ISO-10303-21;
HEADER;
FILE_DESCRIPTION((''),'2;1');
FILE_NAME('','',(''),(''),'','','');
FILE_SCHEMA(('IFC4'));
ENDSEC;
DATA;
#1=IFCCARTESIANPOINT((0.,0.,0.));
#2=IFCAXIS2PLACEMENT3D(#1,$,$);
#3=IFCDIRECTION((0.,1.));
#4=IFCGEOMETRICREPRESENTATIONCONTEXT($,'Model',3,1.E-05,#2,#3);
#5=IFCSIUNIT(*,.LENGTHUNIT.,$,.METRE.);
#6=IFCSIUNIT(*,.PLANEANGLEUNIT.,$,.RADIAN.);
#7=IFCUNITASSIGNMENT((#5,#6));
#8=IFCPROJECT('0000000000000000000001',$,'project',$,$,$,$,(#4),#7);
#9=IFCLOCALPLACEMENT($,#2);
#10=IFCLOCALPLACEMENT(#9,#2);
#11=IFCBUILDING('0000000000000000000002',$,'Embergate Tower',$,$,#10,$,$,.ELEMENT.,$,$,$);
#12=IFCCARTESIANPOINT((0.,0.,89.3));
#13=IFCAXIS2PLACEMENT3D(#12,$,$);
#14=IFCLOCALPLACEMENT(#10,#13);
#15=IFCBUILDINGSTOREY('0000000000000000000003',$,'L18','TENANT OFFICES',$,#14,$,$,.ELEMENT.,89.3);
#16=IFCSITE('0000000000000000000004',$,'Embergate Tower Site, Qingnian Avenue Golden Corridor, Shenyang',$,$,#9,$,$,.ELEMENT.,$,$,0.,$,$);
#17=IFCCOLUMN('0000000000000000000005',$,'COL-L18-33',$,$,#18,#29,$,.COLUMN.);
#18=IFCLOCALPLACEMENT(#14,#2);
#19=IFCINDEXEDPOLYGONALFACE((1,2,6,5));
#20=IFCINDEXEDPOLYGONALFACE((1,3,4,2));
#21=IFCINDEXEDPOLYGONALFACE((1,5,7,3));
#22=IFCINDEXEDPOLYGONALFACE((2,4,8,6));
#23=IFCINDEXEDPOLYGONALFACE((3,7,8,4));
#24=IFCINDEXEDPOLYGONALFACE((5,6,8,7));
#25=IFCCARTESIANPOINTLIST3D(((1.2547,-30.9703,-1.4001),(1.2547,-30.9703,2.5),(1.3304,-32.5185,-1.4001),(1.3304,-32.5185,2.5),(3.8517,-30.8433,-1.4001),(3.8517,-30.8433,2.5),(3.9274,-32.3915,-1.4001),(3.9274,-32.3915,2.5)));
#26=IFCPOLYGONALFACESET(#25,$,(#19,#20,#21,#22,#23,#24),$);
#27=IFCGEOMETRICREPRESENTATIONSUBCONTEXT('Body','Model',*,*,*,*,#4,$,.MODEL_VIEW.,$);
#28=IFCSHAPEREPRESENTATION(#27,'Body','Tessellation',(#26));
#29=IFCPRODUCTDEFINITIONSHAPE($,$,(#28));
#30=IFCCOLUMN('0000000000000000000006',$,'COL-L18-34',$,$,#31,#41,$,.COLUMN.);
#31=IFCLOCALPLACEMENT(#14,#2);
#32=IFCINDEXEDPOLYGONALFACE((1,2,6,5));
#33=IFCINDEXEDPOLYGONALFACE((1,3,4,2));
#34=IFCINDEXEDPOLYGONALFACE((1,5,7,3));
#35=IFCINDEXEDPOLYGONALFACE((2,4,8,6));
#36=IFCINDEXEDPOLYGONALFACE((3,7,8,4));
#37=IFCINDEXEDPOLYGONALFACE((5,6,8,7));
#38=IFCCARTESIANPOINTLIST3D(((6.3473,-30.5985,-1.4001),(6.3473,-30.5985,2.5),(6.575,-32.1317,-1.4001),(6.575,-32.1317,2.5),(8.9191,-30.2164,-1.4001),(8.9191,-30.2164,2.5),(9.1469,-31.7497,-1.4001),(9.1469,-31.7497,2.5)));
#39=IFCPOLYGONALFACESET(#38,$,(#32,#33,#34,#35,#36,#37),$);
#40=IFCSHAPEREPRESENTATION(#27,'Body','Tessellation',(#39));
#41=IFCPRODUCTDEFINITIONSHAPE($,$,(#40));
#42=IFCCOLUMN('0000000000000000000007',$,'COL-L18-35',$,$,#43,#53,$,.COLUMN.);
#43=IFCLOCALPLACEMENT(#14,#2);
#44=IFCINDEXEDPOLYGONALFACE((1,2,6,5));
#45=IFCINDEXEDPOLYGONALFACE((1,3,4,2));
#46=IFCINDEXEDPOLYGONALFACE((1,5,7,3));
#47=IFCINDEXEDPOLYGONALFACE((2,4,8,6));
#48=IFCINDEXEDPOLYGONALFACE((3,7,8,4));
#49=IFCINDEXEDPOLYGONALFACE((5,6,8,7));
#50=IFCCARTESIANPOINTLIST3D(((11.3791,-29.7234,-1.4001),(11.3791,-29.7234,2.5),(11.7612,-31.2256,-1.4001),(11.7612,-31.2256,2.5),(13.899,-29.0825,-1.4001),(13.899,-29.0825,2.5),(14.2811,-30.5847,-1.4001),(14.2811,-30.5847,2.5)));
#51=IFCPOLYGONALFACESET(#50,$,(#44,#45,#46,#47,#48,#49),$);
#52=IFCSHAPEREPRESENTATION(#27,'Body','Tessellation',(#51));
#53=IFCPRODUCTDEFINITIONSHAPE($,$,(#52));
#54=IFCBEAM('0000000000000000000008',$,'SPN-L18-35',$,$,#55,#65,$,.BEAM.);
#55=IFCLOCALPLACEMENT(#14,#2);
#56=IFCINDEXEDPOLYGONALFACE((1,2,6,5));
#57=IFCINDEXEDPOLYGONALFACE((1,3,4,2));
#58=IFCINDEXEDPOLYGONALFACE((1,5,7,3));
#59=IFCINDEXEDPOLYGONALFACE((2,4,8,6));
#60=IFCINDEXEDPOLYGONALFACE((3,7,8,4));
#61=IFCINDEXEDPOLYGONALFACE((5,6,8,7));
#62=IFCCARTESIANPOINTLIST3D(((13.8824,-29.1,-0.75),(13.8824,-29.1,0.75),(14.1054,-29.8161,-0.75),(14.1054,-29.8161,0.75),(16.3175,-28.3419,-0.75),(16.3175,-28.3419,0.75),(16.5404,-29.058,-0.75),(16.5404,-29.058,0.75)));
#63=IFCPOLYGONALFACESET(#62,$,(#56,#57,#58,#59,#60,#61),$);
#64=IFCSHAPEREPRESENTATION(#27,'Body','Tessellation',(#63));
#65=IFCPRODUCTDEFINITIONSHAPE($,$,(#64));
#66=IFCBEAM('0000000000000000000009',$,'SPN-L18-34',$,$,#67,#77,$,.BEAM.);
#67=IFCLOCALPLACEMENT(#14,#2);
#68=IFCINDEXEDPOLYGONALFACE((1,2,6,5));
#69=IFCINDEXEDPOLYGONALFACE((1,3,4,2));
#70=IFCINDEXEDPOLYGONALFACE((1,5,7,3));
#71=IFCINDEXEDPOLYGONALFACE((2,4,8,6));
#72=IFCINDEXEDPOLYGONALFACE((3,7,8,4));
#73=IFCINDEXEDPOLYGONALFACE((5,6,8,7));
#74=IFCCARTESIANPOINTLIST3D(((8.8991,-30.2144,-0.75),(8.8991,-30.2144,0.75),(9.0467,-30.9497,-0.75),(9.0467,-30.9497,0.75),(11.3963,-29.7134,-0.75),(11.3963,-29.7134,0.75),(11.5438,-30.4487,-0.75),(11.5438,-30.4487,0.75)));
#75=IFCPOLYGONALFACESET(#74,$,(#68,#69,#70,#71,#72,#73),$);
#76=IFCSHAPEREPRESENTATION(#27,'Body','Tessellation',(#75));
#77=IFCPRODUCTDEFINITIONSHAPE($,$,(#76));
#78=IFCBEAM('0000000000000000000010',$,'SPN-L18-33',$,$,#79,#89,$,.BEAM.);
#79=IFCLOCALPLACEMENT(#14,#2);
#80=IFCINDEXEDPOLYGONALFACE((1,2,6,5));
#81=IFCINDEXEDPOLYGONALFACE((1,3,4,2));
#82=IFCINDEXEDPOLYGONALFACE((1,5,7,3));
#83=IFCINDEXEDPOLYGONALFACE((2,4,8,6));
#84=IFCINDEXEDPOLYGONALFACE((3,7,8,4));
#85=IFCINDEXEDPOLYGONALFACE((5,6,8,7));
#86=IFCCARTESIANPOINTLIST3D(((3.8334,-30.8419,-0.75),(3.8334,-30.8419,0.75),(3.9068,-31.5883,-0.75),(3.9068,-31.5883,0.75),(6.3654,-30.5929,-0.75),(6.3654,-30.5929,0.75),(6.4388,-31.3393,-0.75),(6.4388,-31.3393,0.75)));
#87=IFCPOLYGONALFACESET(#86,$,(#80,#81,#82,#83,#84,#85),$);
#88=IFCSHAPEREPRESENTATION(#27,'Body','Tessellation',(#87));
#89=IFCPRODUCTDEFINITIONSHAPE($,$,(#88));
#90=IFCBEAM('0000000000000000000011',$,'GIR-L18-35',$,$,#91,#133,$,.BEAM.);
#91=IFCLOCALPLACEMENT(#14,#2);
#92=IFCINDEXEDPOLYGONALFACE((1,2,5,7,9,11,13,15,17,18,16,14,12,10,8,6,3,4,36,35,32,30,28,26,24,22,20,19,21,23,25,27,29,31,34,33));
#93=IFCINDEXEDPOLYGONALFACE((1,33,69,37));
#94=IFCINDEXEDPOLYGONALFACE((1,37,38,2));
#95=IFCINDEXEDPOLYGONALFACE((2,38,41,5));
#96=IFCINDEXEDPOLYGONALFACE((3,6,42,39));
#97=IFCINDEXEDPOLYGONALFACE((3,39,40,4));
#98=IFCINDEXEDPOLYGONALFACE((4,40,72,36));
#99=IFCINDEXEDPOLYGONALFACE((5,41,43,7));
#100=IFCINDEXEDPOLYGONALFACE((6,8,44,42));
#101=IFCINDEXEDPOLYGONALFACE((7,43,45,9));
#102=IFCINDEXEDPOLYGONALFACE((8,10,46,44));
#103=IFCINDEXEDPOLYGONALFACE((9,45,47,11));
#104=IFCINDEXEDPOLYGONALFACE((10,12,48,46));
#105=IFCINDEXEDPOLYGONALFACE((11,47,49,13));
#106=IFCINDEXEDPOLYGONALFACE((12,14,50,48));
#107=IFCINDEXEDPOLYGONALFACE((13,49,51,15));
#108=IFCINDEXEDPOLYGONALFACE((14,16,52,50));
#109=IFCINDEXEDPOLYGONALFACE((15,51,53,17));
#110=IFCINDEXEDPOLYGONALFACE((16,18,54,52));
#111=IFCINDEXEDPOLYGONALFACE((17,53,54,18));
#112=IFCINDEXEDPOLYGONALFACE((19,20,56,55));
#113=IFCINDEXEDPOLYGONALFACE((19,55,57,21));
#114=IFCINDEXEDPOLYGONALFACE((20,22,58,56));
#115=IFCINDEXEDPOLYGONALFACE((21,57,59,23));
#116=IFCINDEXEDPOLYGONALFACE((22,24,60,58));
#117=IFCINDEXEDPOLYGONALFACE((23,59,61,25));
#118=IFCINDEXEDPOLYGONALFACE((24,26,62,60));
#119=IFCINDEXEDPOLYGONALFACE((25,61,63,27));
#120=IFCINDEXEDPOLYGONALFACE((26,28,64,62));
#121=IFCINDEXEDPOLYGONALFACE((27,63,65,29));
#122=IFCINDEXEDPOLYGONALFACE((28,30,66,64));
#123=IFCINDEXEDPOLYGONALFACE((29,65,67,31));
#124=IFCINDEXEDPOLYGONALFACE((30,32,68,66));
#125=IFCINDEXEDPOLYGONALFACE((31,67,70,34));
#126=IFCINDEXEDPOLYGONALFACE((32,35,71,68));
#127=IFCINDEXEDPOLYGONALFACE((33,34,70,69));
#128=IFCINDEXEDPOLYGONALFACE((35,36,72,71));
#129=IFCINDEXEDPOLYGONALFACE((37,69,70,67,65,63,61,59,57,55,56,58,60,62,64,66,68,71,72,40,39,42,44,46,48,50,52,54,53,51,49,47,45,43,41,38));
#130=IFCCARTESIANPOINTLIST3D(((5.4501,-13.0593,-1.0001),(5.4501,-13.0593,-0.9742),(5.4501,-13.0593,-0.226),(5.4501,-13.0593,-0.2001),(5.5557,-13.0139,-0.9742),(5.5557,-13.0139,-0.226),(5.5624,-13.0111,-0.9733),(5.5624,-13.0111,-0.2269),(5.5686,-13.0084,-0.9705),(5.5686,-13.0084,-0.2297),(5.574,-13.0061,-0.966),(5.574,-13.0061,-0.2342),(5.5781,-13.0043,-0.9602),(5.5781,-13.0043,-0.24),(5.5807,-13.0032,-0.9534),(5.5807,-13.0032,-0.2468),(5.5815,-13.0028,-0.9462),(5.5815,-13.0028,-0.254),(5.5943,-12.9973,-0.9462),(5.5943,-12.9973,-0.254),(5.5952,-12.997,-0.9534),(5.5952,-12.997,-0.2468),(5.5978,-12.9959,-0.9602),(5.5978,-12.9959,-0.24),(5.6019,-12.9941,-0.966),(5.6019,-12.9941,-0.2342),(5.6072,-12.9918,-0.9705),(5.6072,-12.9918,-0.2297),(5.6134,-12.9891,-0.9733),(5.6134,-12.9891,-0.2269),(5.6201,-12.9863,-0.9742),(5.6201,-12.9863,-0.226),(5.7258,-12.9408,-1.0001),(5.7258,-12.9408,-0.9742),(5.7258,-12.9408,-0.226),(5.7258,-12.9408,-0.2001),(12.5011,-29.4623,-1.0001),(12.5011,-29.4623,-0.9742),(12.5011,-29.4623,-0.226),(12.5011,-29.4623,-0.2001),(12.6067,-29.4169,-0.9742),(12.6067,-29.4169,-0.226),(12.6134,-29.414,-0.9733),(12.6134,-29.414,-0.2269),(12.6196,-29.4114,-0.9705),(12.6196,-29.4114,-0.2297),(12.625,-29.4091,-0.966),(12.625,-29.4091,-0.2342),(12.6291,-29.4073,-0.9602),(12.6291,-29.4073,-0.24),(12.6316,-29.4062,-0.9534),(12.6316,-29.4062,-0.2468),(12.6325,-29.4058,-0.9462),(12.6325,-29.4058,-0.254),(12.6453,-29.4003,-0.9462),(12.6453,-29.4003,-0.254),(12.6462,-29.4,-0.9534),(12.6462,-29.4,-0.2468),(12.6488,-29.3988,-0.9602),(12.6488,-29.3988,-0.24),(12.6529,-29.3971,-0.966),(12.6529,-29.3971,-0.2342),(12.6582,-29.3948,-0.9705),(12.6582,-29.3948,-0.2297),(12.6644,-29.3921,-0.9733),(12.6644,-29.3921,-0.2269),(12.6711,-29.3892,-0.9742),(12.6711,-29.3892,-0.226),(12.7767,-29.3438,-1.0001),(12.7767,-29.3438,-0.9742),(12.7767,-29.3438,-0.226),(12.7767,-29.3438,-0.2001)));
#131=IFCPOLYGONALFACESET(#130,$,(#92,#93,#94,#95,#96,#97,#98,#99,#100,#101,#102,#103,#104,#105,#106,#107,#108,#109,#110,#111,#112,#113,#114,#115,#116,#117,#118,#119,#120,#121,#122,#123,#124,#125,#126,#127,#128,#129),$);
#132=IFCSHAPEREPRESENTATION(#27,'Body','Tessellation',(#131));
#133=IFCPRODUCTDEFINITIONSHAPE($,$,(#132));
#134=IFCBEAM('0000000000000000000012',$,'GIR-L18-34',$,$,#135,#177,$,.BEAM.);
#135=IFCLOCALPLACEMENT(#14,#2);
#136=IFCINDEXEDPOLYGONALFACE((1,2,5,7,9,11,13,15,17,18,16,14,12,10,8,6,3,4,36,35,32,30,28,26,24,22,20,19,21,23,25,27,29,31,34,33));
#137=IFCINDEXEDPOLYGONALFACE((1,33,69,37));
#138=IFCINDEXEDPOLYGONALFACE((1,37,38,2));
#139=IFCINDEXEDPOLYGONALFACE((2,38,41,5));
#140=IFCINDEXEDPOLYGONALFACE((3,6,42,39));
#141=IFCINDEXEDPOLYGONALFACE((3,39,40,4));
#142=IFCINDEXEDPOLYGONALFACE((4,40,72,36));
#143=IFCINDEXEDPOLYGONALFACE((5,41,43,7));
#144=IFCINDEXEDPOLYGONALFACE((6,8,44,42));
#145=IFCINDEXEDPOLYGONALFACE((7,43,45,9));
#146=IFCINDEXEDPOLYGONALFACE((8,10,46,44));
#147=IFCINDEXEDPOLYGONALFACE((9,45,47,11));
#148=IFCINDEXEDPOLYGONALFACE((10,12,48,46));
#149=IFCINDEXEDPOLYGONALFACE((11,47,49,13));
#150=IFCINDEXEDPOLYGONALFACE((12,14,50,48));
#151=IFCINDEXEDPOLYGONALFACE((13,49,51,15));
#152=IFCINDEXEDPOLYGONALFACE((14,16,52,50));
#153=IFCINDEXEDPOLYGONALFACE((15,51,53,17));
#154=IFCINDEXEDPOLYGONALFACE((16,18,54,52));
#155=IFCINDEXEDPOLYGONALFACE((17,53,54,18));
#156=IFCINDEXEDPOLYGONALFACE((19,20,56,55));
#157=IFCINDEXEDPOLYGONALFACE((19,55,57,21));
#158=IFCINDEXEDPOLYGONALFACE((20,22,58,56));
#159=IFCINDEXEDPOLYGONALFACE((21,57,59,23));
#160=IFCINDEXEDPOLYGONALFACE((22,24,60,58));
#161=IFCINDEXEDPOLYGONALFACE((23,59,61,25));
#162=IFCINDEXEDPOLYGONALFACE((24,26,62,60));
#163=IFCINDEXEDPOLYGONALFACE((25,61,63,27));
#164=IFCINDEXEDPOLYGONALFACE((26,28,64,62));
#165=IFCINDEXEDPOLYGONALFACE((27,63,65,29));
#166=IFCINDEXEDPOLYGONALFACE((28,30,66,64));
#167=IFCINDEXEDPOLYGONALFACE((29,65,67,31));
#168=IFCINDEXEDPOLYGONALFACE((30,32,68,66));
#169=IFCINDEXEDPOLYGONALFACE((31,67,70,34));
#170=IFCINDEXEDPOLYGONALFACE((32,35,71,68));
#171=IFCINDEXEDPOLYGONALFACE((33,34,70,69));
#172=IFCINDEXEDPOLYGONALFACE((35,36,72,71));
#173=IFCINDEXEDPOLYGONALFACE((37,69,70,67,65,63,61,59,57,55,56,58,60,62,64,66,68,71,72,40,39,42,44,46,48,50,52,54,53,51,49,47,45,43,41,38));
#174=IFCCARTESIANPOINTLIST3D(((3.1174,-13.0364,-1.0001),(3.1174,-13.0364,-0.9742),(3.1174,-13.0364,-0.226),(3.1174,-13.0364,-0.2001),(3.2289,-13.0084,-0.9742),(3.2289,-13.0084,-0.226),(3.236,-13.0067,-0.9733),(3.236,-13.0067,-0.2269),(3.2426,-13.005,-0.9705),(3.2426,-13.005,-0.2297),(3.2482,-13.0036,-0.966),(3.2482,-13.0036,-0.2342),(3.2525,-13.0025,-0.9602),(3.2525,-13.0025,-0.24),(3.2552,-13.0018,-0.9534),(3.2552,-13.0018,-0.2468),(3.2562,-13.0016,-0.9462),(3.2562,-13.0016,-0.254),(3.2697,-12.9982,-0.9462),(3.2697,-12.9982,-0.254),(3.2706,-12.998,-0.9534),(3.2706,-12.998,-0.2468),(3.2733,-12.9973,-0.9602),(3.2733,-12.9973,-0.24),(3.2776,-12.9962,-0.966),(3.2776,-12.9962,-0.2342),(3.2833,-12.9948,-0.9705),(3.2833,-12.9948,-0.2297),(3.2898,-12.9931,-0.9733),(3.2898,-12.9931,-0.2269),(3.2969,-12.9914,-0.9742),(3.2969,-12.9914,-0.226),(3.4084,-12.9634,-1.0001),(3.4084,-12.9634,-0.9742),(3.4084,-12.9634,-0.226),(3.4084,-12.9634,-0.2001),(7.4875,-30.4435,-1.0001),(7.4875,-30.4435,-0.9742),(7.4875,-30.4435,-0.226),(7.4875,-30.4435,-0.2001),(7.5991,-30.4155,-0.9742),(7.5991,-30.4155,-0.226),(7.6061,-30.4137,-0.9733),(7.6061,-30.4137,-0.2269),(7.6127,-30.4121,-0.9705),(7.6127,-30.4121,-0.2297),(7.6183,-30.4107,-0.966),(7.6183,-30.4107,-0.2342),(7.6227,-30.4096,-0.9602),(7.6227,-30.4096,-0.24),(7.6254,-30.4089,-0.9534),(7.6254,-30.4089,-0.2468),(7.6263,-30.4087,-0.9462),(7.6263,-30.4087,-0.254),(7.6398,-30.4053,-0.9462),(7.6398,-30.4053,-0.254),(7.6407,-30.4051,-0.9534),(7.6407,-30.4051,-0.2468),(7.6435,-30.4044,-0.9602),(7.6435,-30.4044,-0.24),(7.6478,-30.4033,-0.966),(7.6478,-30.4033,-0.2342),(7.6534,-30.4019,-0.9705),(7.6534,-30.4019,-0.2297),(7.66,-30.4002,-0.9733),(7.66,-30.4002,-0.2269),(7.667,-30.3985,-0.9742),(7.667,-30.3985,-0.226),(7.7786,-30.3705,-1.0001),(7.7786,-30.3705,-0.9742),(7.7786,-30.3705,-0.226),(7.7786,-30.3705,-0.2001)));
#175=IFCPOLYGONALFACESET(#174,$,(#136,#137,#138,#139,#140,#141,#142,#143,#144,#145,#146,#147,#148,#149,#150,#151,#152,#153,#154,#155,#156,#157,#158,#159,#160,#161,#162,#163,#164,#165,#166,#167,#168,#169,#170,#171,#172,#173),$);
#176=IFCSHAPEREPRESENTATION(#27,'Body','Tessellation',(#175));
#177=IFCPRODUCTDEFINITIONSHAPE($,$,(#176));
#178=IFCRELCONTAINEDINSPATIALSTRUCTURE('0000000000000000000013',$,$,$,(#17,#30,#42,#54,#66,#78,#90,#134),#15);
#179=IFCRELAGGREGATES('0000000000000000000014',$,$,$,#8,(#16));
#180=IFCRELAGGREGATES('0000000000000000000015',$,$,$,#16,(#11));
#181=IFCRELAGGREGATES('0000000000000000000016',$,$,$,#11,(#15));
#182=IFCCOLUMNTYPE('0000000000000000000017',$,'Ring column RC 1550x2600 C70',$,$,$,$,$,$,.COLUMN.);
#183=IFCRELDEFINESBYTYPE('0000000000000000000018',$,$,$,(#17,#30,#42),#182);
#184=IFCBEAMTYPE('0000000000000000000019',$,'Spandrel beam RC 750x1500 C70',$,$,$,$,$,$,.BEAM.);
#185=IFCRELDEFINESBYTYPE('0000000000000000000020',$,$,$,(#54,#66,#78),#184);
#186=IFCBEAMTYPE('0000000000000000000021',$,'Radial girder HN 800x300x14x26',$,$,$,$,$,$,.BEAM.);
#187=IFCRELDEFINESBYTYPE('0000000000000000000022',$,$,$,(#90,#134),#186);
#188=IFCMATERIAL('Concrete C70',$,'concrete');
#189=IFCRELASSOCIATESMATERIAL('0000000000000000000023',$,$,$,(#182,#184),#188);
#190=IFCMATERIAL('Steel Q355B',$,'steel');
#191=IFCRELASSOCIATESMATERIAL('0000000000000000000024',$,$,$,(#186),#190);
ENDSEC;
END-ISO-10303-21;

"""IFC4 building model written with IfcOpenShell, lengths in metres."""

from ifc_helpers import new_model, si_unit, direction, frame, origin, origin_2d, place, context, subcontext, project, spatial, rectangle, i_section, extrude, source, transform, mapped, material, material_profile, profile_set, type_object, element, save


model = new_model("IFC4")

# Units and contexts
model_context = context("Model", 3, precision=1e-05, world=origin(), true_north=direction((0.0, 1.0)))
body_context = subcontext(model_context, "Body", "Model", "MODEL_VIEW")
ifc_project = project(units=[si_unit("LENGTHUNIT", "METRE"), si_unit("PLANEANGLEUNIT", "RADIAN")], contexts=[model_context])

# Site, building, storey
site_placement = place(None, origin())
site = spatial("IfcSite", under=ifc_project, at=site_placement, Name="Embergate Tower Site, Qingnian Avenue Golden Corridor, Shenyang", CompositionType="ELEMENT", RefElevation=0.0)
building_placement = place(site_placement, origin())
building = spatial("IfcBuilding", under=site, at=building_placement, Name="Embergate Tower", CompositionType="ELEMENT")
storey_placement = place(building_placement, frame((0.0, 0.0, 89.3)))
storey = spatial("IfcBuildingStorey", under=building, at=storey_placement, Name="L18", Description="TENANT OFFICES", CompositionType="ELEMENT", Elevation=89.3)

# Columns
ifc_material_1 = material(Name="Concrete C70", Category="concrete")
ifc_material_profile_1 = material_profile(ifc_material_1, rectangle(XDim=1.55, YDim=2.6001, at=origin_2d()), Name="RC 1550x2600")
ifc_profile_set_1 = profile_set([ifc_material_profile_1], Name="Concrete C70")
column_type = type_object("IfcColumnType", Name="Ring column RC 1550x2600 C70", PredefinedType="COLUMN", material=ifc_profile_set_1)
shared_shape_1 = source(origin(), body_context, "Body", "SweptSolid", [
    extrude(rectangle(XDim=1.55, YDim=2.6001, at=origin_2d()), origin(), (0.0, 0.0, 1.0), 3.9001),
])
for number, where, z_axis, x_axis, name in (
    (1, (2.5911, -31.6809, -1.4001), (0.0, 0.0, 1.0), (0.048815, -0.998808, 0.0), "COL-L18-33"),
    (2, (7.7471, -31.1741, -1.4001), (0.0, 0.0, 1.0), (0.146929, -0.989147, 0.0), "COL-L18-34"),
    (3, (12.8301, -30.1541, -1.4001), (0.0, 0.0, 1.0), (0.246492, -0.969145, 0.0), "COL-L18-35"),
):
    element("IfcColumn", number, at=place(storey_placement, frame(where, z_axis=z_axis, x_axis=x_axis)), inside=storey, type_object=column_type, Name=name, PredefinedType="COLUMN", context=body_context, shape_type="MappedRepresentation", body=[
        mapped(shared_shape_1, transform((0.0, 0.0, 0.0))),
    ])

# Beams
ifc_material_profile_2 = material_profile(ifc_material_1, rectangle(XDim=0.75, YDim=1.5, at=origin_2d()), Name="RC 750x1500")
ifc_profile_set_2 = profile_set([ifc_material_profile_2], Name="Concrete C70")
beam_type_1 = type_object("IfcBeamType", Name="Spandrel beam RC 750x1500 C70", PredefinedType="BEAM", material=ifc_profile_set_2)
shared_shape_2 = source(origin(), body_context, "Body", "SweptSolid", [
    extrude(rectangle(XDim=0.75, YDim=1.5, at=origin_2d()), origin(), (0.0, 0.0, 1.0), 2.5503),
])
beam_1_placement = place(storey_placement, frame((13.9939, -29.458, 0.0), z_axis=(0.954803, 0.297239, 0.0), x_axis=(-0.297239, 0.954803, 0.0)))
element("IfcBeam", 4, at=beam_1_placement, inside=storey, type_object=beam_type_1, Name="SPN-L18-35", PredefinedType="BEAM", context=body_context, shape_type="MappedRepresentation", body=[
    mapped(shared_shape_2, transform((0.0, 0.0, 0.0))),
])
shared_shape_3 = source(origin(), body_context, "Body", "SweptSolid", [
    extrude(rectangle(XDim=0.75, YDim=1.5, at=origin_2d()), origin(), (0.0, 0.0, 1.0), 2.5469),
])
beam_2_placement = place(storey_placement, frame((8.9729, -30.582, 0.0), z_axis=(0.980463, 0.196706, 0.0), x_axis=(-0.196706, 0.980463, 0.0)))
element("IfcBeam", 5, at=beam_2_placement, inside=storey, type_object=beam_type_1, Name="SPN-L18-34", PredefinedType="BEAM", context=body_context, shape_type="MappedRepresentation", body=[
    mapped(shared_shape_3, transform((0.0, 0.0, 0.0))),
])
shared_shape_4 = source(origin(), body_context, "Body", "SweptSolid", [
    extrude(rectangle(XDim=0.75, YDim=1.5, at=origin_2d()), origin(), (0.0, 0.0, 1.0), 2.5442),
])
beam_3_placement = place(storey_placement, frame((3.8701, -31.2151, 0.0), z_axis=(0.995198, 0.097879, 0.0), x_axis=(-0.097879, 0.995198, 0.0)))
element("IfcBeam", 6, at=beam_3_placement, inside=storey, type_object=beam_type_1, Name="SPN-L18-33", PredefinedType="BEAM", context=body_context, shape_type="MappedRepresentation", body=[
    mapped(shared_shape_4, transform((0.0, 0.0, 0.0))),
])
ifc_material_2 = material(Name="Steel Q355B", Category="steel")
ifc_material_profile_3 = material_profile(ifc_material_2, i_section(OverallWidth=0.3, OverallDepth=0.8, WebThickness=0.0139, FlangeThickness=0.0259, FilletRadius=0.0281, at=origin_2d()), Name="HN 800x300x14x26")
ifc_profile_set_3 = profile_set([ifc_material_profile_3], Name="Steel Q355 grade B")
beam_type_2 = type_object("IfcBeamType", Name="Radial girder HN 800x300x14x26", PredefinedType="BEAM", material=ifc_profile_set_3)
shared_shape_5 = source(origin(), body_context, "Body", "SweptSolid", [
    extrude(i_section(OverallWidth=0.3, OverallDepth=0.8, WebThickness=0.0139, FlangeThickness=0.0259, FilletRadius=0.0281, at=origin_2d()), origin(), (0.0, 0.0, 1.0), 17.8542),
])
beam_4_placement = place(storey_placement, frame((12.6389, -29.4031, -0.6001), z_axis=(-0.394919, 0.918716, 0.0), x_axis=(-0.918716, -0.394919, 0.0)))
element("IfcBeam", 7, at=beam_4_placement, inside=storey, type_object=beam_type_2, Name="GIR-L18-35", PredefinedType="BEAM", context=body_context, shape_type="MappedRepresentation", body=[
    mapped(shared_shape_5, transform((0.0, 0.0, 0.0))),
])
shared_shape_6 = source(origin(), body_context, "Body", "SweptSolid", [
    extrude(i_section(OverallWidth=0.3, OverallDepth=0.8, WebThickness=0.0139, FlangeThickness=0.0259, FilletRadius=0.0281, at=origin_2d()), origin(), (0.0, 0.0, 1.0), 17.9473),
])
beam_5_placement = place(storey_placement, frame((7.6331, -30.407, -0.6001), z_axis=(-0.243499, 0.969901, 0.0), x_axis=(-0.969901, -0.243499, 0.0)))
element("IfcBeam", 8, at=beam_5_placement, inside=storey, type_object=beam_type_2, Name="GIR-L18-34", PredefinedType="BEAM", context=body_context, shape_type="MappedRepresentation", body=[
    mapped(shared_shape_6, transform((0.0, 0.0, 0.0))),
])

save(model, "model.ifc")
